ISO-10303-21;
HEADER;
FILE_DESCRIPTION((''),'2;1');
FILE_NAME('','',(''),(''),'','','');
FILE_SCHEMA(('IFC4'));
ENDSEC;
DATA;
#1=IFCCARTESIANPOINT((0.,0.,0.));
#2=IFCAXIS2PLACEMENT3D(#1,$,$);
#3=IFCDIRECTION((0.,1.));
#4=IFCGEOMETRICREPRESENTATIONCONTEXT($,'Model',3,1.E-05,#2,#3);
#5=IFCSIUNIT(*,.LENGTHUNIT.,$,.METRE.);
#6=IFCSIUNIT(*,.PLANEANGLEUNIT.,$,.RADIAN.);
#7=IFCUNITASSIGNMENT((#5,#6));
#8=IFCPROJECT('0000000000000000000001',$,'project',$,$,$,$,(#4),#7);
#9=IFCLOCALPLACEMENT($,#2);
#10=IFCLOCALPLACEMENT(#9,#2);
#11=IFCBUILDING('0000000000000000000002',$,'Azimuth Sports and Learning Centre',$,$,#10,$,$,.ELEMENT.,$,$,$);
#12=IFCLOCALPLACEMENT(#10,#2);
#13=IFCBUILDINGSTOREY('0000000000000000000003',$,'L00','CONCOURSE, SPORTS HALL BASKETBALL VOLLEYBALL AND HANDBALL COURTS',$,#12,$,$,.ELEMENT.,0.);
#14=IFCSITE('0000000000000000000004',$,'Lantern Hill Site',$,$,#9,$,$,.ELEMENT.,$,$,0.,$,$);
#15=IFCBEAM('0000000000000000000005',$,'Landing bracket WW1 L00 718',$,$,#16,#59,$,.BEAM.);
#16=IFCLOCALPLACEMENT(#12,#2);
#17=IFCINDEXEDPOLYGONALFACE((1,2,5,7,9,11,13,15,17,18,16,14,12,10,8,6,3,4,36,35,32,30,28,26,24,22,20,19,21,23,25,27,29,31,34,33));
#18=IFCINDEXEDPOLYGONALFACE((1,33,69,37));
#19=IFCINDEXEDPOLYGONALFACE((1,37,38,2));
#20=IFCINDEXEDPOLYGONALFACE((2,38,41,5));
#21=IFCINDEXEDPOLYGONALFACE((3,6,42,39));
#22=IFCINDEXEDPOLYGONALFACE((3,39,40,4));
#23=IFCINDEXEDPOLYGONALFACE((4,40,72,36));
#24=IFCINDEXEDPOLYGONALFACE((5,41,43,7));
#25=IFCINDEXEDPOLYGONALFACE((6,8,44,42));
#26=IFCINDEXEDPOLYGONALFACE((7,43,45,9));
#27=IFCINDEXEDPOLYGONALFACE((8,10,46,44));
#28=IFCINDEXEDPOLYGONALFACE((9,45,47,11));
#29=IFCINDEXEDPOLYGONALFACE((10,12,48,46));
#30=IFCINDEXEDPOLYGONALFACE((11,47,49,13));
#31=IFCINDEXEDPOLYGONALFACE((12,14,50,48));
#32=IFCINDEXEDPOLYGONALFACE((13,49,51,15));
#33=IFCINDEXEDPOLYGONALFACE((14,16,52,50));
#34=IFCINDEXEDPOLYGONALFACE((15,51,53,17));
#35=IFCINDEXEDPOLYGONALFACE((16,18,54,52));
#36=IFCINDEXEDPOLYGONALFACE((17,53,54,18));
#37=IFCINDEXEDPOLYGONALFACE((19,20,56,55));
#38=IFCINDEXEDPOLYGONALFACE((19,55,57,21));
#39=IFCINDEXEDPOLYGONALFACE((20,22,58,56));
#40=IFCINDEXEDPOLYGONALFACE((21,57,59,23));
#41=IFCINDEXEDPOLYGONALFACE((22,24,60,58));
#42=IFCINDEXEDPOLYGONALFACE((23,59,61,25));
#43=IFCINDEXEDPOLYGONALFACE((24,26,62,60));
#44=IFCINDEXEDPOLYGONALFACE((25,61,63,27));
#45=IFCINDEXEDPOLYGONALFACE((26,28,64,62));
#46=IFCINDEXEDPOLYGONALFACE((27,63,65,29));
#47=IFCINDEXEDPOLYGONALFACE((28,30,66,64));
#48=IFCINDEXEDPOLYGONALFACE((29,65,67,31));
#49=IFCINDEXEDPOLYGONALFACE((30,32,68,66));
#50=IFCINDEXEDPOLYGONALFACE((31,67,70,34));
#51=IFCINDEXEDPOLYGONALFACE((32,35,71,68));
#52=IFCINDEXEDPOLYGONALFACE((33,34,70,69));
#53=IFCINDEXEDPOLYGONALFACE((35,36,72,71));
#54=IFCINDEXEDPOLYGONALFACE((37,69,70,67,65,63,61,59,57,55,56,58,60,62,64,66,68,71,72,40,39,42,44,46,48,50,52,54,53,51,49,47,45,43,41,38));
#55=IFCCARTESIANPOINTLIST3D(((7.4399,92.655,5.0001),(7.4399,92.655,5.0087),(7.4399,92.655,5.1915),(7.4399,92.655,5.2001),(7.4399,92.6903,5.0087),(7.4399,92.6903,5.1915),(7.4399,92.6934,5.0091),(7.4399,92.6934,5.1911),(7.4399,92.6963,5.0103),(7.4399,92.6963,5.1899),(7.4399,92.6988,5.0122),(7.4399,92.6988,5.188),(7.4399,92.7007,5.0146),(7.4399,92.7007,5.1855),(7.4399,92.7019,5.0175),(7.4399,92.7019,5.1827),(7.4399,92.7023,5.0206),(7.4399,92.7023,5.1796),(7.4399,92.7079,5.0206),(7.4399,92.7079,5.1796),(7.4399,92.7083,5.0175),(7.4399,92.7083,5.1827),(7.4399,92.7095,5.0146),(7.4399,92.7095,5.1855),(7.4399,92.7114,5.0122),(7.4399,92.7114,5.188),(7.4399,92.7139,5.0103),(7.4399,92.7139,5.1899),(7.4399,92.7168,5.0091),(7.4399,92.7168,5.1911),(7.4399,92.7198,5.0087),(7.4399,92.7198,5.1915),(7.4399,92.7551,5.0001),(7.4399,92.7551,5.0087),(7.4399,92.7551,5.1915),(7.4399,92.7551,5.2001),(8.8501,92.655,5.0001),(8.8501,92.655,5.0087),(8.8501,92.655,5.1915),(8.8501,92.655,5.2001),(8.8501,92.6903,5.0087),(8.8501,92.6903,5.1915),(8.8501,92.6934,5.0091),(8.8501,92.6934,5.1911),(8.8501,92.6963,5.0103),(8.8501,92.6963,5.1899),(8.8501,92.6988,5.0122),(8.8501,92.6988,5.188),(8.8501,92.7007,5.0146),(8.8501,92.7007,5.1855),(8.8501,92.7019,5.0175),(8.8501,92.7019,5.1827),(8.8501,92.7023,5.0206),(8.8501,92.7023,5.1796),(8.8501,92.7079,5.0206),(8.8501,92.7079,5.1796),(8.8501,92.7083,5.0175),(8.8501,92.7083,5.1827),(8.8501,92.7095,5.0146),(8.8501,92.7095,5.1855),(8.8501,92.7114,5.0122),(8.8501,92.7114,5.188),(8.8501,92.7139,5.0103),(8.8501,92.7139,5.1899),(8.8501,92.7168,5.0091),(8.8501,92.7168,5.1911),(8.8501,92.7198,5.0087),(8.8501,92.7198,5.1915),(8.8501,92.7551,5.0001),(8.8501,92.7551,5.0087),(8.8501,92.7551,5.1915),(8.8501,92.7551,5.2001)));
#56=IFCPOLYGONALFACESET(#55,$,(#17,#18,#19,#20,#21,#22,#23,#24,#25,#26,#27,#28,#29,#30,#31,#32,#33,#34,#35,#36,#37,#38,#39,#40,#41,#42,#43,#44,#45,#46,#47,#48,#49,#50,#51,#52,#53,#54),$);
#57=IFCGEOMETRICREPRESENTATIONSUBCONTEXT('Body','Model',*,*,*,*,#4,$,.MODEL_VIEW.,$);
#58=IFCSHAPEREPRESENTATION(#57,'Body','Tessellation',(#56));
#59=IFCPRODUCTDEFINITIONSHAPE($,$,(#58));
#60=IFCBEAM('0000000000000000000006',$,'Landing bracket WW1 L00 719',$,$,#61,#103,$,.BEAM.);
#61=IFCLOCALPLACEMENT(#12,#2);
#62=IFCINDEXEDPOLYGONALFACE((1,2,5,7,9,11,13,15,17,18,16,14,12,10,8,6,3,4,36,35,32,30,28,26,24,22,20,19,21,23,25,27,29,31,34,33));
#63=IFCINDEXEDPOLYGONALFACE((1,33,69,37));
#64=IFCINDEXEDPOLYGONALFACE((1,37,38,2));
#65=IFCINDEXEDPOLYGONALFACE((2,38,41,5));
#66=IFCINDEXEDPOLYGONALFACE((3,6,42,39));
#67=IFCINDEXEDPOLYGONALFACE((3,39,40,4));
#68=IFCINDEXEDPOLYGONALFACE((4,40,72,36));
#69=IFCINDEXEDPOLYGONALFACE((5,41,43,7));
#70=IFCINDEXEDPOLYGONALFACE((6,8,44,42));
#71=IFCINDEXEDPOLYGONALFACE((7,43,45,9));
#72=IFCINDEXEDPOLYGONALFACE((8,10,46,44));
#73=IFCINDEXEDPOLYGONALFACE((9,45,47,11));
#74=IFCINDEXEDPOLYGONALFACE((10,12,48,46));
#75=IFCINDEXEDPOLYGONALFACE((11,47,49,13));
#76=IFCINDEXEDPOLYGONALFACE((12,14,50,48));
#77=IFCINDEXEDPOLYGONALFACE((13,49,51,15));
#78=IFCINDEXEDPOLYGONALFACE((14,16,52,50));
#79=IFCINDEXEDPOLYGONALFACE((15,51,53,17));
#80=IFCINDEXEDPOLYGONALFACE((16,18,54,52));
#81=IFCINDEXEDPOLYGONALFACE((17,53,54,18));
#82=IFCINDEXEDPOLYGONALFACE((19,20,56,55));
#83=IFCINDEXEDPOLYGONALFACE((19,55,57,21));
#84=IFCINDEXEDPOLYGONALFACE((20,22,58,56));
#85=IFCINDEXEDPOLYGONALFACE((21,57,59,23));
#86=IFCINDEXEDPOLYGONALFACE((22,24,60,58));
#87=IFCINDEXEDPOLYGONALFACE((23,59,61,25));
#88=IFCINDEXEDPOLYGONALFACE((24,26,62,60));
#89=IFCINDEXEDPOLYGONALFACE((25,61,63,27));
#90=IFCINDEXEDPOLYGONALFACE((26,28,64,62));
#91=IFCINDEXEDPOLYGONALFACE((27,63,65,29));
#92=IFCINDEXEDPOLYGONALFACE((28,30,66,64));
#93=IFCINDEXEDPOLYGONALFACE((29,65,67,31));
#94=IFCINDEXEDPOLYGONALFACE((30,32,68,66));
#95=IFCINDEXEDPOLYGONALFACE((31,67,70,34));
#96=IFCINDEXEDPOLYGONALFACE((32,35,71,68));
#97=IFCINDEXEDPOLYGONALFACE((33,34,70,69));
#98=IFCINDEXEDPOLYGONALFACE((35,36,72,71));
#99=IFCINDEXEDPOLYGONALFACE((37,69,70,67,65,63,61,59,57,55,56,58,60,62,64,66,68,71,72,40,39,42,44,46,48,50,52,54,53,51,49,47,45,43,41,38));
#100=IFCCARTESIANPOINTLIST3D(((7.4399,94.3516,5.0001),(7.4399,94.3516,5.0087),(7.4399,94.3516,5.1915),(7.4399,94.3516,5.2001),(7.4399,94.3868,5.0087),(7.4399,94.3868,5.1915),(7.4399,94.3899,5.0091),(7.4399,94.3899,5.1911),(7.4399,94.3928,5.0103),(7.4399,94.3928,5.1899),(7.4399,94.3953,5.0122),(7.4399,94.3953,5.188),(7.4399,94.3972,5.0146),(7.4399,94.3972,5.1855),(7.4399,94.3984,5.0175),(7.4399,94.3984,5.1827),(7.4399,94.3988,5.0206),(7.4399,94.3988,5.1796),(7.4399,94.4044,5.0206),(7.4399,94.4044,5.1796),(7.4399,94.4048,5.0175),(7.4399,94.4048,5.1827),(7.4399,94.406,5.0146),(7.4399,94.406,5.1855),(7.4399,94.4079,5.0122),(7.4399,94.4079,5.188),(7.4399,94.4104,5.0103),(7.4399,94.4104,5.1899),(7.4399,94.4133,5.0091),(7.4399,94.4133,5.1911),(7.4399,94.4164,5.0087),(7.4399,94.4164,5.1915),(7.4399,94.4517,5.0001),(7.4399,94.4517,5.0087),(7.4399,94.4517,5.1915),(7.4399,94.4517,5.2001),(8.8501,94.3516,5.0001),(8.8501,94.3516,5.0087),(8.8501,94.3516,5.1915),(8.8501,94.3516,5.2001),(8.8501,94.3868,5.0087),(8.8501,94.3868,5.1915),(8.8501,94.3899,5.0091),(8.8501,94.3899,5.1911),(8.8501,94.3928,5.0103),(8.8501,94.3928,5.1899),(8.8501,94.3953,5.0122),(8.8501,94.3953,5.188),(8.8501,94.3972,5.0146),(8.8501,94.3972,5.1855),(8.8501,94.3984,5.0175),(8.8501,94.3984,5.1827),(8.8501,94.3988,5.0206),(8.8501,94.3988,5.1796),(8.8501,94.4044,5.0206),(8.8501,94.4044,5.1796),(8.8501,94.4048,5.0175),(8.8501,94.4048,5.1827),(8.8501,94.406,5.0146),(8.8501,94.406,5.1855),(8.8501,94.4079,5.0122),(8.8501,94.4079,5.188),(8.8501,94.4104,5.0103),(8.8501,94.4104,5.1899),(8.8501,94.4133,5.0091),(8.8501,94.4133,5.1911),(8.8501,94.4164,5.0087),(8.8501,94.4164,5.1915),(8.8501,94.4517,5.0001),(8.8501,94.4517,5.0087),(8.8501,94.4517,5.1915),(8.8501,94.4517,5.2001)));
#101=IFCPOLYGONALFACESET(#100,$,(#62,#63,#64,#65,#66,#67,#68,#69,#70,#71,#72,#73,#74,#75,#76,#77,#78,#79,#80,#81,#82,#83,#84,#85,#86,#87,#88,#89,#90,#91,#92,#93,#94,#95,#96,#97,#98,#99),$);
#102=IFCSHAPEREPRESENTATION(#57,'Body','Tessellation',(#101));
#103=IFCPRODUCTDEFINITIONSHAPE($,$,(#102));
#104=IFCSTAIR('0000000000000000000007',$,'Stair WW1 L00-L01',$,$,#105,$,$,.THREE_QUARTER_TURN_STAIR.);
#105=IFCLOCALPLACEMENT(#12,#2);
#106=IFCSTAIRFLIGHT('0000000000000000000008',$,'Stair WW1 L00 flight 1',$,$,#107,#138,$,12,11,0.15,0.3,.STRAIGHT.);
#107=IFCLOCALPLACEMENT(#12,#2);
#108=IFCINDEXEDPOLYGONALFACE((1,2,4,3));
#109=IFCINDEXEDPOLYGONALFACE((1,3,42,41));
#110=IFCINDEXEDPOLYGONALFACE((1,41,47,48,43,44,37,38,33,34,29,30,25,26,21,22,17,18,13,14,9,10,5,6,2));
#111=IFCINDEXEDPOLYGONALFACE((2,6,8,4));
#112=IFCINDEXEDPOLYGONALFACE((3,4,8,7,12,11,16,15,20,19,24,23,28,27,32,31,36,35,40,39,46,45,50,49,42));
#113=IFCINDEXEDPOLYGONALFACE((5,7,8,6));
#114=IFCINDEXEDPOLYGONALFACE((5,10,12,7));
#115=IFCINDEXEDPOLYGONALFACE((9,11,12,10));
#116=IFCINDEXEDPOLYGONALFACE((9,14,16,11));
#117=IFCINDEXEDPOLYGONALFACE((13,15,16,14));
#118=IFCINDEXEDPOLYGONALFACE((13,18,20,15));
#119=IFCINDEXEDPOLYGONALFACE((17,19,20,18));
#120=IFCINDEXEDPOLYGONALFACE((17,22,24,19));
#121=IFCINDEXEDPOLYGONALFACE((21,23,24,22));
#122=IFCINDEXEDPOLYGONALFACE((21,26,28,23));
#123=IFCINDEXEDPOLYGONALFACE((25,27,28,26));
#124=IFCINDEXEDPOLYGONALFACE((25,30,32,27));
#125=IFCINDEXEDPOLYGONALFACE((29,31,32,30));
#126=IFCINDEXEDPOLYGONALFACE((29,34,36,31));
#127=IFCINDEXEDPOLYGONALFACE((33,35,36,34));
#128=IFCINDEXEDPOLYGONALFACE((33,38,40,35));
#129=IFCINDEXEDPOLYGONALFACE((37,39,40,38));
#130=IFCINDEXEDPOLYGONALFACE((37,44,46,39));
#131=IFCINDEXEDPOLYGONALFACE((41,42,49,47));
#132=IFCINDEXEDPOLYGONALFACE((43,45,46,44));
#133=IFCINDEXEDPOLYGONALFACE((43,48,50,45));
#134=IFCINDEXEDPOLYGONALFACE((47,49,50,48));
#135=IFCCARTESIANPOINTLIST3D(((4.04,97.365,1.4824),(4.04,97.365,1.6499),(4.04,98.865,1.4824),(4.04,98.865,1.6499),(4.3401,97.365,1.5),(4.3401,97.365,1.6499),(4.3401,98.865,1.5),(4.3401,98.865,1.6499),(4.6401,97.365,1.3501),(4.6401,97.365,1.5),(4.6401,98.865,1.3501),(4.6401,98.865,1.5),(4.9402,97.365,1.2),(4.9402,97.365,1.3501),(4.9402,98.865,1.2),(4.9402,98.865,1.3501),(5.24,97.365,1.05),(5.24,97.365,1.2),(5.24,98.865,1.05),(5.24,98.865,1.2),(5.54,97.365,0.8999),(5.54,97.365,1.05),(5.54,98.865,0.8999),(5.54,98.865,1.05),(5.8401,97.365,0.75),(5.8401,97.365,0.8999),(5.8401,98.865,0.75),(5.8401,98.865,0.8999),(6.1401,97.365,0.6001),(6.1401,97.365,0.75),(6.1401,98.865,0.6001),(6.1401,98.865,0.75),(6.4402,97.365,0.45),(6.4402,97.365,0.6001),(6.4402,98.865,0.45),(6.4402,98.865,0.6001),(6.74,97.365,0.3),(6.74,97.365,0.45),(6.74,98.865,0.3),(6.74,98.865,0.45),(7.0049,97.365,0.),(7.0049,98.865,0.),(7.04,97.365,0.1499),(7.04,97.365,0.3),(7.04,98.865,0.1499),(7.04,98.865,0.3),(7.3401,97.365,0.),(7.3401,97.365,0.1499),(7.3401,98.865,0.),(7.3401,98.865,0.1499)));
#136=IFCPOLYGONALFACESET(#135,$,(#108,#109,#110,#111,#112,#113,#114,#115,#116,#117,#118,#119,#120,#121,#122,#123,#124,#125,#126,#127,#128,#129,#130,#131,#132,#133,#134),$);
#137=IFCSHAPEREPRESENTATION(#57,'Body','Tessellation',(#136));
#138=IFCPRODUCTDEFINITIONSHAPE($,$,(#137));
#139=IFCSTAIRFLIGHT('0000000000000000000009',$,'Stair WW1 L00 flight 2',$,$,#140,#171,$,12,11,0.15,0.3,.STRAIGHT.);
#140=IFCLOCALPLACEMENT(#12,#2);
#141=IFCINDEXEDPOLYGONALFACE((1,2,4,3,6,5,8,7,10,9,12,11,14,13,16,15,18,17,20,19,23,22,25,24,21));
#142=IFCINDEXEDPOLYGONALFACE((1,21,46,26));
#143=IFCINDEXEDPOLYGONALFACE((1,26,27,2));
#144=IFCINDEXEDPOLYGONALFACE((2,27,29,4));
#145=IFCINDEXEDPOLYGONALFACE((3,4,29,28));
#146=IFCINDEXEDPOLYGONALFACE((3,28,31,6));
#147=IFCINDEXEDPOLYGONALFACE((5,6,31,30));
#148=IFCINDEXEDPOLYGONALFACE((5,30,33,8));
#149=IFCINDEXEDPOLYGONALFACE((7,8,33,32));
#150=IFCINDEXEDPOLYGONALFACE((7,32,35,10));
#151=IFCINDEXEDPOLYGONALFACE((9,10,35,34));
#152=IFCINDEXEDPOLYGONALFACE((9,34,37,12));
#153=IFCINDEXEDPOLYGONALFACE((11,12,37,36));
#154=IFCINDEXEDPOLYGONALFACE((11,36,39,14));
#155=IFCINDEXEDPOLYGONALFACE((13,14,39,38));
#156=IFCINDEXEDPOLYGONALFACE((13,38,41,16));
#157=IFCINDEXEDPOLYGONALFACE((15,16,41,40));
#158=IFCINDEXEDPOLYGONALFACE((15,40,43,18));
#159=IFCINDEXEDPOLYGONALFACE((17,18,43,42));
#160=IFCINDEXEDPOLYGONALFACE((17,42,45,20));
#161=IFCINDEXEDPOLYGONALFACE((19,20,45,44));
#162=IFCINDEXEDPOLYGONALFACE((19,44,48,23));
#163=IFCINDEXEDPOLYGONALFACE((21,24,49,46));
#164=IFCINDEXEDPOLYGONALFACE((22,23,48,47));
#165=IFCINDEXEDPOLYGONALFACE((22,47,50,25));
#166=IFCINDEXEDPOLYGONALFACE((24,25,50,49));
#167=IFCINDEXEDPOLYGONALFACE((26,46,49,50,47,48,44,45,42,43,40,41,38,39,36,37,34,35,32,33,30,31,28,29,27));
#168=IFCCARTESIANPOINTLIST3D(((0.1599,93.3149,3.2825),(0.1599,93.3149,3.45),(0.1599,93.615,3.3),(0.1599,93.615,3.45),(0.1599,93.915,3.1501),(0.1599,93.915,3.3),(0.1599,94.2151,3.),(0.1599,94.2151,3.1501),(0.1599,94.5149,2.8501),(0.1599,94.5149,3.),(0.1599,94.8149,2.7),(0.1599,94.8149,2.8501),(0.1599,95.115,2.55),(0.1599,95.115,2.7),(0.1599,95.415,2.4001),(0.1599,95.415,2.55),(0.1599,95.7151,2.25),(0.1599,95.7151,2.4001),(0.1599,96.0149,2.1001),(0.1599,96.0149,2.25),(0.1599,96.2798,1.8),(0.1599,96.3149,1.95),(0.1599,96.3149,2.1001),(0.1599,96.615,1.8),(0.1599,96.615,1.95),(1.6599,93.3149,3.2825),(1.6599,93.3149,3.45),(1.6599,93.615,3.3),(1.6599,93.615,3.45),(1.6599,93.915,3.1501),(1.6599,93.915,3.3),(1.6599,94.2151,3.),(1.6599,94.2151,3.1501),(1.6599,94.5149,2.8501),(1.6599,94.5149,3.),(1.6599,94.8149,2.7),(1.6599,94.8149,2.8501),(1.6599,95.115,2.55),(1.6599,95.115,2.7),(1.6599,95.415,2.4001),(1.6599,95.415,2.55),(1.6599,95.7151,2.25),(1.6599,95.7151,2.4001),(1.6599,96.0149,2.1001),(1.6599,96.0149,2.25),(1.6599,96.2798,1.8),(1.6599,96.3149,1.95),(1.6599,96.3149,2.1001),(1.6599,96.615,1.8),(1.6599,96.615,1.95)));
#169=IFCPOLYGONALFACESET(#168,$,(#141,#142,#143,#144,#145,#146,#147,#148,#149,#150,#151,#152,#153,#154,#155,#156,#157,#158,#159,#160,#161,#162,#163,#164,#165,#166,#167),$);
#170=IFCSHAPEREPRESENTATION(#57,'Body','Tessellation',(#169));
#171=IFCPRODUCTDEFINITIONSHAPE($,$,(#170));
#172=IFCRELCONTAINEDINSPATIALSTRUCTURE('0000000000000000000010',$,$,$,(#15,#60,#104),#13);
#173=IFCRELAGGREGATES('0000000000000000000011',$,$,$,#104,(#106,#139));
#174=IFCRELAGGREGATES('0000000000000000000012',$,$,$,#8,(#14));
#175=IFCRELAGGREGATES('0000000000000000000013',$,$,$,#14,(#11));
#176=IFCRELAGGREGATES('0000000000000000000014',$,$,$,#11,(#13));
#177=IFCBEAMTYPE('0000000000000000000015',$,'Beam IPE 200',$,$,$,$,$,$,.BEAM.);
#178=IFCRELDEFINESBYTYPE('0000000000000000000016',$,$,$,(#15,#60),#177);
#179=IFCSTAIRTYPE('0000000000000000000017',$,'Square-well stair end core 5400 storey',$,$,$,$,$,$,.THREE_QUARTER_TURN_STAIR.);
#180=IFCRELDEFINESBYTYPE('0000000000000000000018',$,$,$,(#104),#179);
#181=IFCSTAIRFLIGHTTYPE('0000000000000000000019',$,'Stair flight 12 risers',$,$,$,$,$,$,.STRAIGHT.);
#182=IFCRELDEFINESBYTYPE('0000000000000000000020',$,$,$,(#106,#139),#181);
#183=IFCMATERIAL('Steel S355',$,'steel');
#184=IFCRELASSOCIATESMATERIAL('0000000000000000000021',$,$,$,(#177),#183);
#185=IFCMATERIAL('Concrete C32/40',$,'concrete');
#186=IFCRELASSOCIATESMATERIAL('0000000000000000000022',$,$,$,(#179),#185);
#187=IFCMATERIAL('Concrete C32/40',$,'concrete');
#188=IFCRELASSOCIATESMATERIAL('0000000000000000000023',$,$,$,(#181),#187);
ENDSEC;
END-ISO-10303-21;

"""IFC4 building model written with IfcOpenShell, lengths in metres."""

from ifc_helpers import new_model, si_unit, direction, frame, origin, origin_2d, place, context, subcontext, project, spatial, polyline, i_section, outline, extrude, material, material_profile, profile_set, type_object, element, aggregate, save


model = new_model("IFC4")

# Units and contexts
model_context = context("Model", 3, precision=1e-05, world=origin(), true_north=direction((0.0, 1.0)))
body_context = subcontext(model_context, "Body", "Model", "MODEL_VIEW")
ifc_project = project(units=[si_unit("LENGTHUNIT", "METRE"), si_unit("PLANEANGLEUNIT", "RADIAN")], contexts=[model_context])

# Site, building, storey
site_placement = place(None, origin())
site = spatial("IfcSite", under=ifc_project, at=site_placement, Name="Lantern Hill Site", CompositionType="ELEMENT", RefElevation=0.0)
building_placement = place(site_placement, origin())
building = spatial("IfcBuilding", under=site, at=building_placement, Name="Azimuth Sports and Learning Centre", CompositionType="ELEMENT")
storey_placement = place(building_placement, origin())
storey = spatial("IfcBuildingStorey", under=building, at=storey_placement, Name="L00", Description="CONCOURSE, SPORTS HALL BASKETBALL VOLLEYBALL AND HANDBALL COURTS", CompositionType="ELEMENT", Elevation=0.0)

# Beams
ifc_material_1 = material(Name="Steel S355", Category="steel")
ifc_material_profile_1 = material_profile(ifc_material_1, i_section(OverallWidth=0.1001, OverallDepth=0.2, WebThickness=0.0056, FlangeThickness=0.0085, FilletRadius=0.012, at=origin_2d()), Name="IPE 200")
ifc_profile_set_1 = profile_set([ifc_material_profile_1], Name="Steel S355")
beam_type = type_object("IfcBeamType", Name="Beam IPE 200", PredefinedType="BEAM", material=ifc_profile_set_1)
for number, where, z_axis, x_axis, name in (
    (1, (8.8501, 92.7051, 5.1001), (-1.0, 0.0, 0.0), (0.0, -1.0, 0.0), "Landing bracket WW1 L00 718"),
    (2, (8.8501, 94.4016, 5.1001), (-1.0, 0.0, 0.0), (0.0, -1.0, 0.0), "Landing bracket WW1 L00 719"),
):
    element("IfcBeam", number, at=place(storey_placement, frame(where, z_axis=z_axis, x_axis=x_axis)), inside=storey, type_object=beam_type, Name=name, PredefinedType="BEAM", context=body_context, shape_type="SweptSolid", body=[
        extrude(i_section(OverallWidth=0.1001, OverallDepth=0.2, WebThickness=0.0056, FlangeThickness=0.0085, FilletRadius=0.012, at=origin_2d()), origin(), (0.0, 0.0, 1.0), 1.4102),
    ])

# Stair, stair flights
ifc_material_2 = material(Name="Concrete C32/40", Category="concrete")
stair_type = type_object("IfcStairType", Name="Square-well stair end core 5400 storey", PredefinedType="THREE_QUARTER_TURN_STAIR", material=ifc_material_2)
stair_placement = place(storey_placement, origin())
stair = element("IfcStair", 3, at=stair_placement, inside=storey, type_object=stair_type, Name="Stair WW1 L00-L01", PredefinedType="THREE_QUARTER_TURN_STAIR")
ifc_material_3 = material(Name="Concrete C32/40", Category="concrete")
stair_flight_type = type_object("IfcStairFlightType", Name="Stair flight 12 risers", PredefinedType="STRAIGHT", material=ifc_material_3)
stair_flight_1_placement = place(storey_placement, frame((7.3401, 98.115, 0.0), z_axis=(0.0, 0.0, 1.0), x_axis=(-1.0, 0.0, 0.0)))
stair_flight_1 = element("IfcStairFlight", 4, at=stair_flight_1_placement, type_object=stair_flight_type, Name="Stair WW1 L00 flight 1", NumberOfRisers=12, NumberOfTreads=11, PredefinedType="STRAIGHT", RiserHeight=0.15, TreadLength=0.3, context=body_context, shape_type="SweptSolid", body=[
    extrude(outline(polyline([(0.0, 0.0), (0.0, 0.1499), (0.3, 0.1499), (0.3, 0.3), (0.6001, 0.3), (0.6001, 0.45), (0.8999, 0.45), (0.8999, 0.6001), (1.2, 0.6001), (1.2, 0.75), (1.5, 0.75), (1.5, 0.8999), (1.8, 0.8999), (1.8, 1.05), (2.1001, 1.05), (2.1001, 1.2), (2.3999, 1.2), (2.3999, 1.3501), (2.7, 1.3501), (2.7, 1.5), (3.0, 1.5), (3.0, 1.6499), (3.3, 1.6499), (3.3, 1.8), (3.3, 1.4824), (0.3352, 0.0), (0.0, 0.0)])), frame((0.0, 0.75, 0.0), z_axis=(0.0, -1.0, 0.0), x_axis=(1.0, 0.0, 0.0)), (0.0, 0.0, 1.0), 1.5),
])
stair_flight_2_placement = place(storey_placement, frame((0.9099, 96.615, 1.8), z_axis=(0.0, 0.0, 1.0), x_axis=(0.0, -1.0, 0.0)))
stair_flight_2 = element("IfcStairFlight", 5, at=stair_flight_2_placement, type_object=stair_flight_type, Name="Stair WW1 L00 flight 2", NumberOfRisers=12, NumberOfTreads=11, PredefinedType="STRAIGHT", RiserHeight=0.15, TreadLength=0.3, context=body_context, shape_type="SweptSolid", body=[
    extrude(outline(polyline([(0.0, 0.0), (0.0, 0.1499), (0.3, 0.1499), (0.3, 0.3), (0.6001, 0.3), (0.6001, 0.45), (0.8999, 0.45), (0.8999, 0.6001), (1.2, 0.6001), (1.2, 0.75), (1.5, 0.75), (1.5, 0.8999), (1.8, 0.8999), (1.8, 1.05), (2.1001, 1.05), (2.1001, 1.2), (2.3999, 1.2), (2.3999, 1.3501), (2.7, 1.3501), (2.7, 1.5), (3.0, 1.5), (3.0, 1.6499), (3.3, 1.6499), (3.3, 1.8), (3.3, 1.4824), (0.3352, 0.0), (0.0, 0.0)])), frame((0.0, 0.75, 0.0), z_axis=(0.0, -1.0, 0.0), x_axis=(1.0, 0.0, 0.0)), (0.0, 0.0, 1.0), 1.5),
])
aggregate(stair, [stair_flight_1, stair_flight_2])

save(model, "model.ifc")
